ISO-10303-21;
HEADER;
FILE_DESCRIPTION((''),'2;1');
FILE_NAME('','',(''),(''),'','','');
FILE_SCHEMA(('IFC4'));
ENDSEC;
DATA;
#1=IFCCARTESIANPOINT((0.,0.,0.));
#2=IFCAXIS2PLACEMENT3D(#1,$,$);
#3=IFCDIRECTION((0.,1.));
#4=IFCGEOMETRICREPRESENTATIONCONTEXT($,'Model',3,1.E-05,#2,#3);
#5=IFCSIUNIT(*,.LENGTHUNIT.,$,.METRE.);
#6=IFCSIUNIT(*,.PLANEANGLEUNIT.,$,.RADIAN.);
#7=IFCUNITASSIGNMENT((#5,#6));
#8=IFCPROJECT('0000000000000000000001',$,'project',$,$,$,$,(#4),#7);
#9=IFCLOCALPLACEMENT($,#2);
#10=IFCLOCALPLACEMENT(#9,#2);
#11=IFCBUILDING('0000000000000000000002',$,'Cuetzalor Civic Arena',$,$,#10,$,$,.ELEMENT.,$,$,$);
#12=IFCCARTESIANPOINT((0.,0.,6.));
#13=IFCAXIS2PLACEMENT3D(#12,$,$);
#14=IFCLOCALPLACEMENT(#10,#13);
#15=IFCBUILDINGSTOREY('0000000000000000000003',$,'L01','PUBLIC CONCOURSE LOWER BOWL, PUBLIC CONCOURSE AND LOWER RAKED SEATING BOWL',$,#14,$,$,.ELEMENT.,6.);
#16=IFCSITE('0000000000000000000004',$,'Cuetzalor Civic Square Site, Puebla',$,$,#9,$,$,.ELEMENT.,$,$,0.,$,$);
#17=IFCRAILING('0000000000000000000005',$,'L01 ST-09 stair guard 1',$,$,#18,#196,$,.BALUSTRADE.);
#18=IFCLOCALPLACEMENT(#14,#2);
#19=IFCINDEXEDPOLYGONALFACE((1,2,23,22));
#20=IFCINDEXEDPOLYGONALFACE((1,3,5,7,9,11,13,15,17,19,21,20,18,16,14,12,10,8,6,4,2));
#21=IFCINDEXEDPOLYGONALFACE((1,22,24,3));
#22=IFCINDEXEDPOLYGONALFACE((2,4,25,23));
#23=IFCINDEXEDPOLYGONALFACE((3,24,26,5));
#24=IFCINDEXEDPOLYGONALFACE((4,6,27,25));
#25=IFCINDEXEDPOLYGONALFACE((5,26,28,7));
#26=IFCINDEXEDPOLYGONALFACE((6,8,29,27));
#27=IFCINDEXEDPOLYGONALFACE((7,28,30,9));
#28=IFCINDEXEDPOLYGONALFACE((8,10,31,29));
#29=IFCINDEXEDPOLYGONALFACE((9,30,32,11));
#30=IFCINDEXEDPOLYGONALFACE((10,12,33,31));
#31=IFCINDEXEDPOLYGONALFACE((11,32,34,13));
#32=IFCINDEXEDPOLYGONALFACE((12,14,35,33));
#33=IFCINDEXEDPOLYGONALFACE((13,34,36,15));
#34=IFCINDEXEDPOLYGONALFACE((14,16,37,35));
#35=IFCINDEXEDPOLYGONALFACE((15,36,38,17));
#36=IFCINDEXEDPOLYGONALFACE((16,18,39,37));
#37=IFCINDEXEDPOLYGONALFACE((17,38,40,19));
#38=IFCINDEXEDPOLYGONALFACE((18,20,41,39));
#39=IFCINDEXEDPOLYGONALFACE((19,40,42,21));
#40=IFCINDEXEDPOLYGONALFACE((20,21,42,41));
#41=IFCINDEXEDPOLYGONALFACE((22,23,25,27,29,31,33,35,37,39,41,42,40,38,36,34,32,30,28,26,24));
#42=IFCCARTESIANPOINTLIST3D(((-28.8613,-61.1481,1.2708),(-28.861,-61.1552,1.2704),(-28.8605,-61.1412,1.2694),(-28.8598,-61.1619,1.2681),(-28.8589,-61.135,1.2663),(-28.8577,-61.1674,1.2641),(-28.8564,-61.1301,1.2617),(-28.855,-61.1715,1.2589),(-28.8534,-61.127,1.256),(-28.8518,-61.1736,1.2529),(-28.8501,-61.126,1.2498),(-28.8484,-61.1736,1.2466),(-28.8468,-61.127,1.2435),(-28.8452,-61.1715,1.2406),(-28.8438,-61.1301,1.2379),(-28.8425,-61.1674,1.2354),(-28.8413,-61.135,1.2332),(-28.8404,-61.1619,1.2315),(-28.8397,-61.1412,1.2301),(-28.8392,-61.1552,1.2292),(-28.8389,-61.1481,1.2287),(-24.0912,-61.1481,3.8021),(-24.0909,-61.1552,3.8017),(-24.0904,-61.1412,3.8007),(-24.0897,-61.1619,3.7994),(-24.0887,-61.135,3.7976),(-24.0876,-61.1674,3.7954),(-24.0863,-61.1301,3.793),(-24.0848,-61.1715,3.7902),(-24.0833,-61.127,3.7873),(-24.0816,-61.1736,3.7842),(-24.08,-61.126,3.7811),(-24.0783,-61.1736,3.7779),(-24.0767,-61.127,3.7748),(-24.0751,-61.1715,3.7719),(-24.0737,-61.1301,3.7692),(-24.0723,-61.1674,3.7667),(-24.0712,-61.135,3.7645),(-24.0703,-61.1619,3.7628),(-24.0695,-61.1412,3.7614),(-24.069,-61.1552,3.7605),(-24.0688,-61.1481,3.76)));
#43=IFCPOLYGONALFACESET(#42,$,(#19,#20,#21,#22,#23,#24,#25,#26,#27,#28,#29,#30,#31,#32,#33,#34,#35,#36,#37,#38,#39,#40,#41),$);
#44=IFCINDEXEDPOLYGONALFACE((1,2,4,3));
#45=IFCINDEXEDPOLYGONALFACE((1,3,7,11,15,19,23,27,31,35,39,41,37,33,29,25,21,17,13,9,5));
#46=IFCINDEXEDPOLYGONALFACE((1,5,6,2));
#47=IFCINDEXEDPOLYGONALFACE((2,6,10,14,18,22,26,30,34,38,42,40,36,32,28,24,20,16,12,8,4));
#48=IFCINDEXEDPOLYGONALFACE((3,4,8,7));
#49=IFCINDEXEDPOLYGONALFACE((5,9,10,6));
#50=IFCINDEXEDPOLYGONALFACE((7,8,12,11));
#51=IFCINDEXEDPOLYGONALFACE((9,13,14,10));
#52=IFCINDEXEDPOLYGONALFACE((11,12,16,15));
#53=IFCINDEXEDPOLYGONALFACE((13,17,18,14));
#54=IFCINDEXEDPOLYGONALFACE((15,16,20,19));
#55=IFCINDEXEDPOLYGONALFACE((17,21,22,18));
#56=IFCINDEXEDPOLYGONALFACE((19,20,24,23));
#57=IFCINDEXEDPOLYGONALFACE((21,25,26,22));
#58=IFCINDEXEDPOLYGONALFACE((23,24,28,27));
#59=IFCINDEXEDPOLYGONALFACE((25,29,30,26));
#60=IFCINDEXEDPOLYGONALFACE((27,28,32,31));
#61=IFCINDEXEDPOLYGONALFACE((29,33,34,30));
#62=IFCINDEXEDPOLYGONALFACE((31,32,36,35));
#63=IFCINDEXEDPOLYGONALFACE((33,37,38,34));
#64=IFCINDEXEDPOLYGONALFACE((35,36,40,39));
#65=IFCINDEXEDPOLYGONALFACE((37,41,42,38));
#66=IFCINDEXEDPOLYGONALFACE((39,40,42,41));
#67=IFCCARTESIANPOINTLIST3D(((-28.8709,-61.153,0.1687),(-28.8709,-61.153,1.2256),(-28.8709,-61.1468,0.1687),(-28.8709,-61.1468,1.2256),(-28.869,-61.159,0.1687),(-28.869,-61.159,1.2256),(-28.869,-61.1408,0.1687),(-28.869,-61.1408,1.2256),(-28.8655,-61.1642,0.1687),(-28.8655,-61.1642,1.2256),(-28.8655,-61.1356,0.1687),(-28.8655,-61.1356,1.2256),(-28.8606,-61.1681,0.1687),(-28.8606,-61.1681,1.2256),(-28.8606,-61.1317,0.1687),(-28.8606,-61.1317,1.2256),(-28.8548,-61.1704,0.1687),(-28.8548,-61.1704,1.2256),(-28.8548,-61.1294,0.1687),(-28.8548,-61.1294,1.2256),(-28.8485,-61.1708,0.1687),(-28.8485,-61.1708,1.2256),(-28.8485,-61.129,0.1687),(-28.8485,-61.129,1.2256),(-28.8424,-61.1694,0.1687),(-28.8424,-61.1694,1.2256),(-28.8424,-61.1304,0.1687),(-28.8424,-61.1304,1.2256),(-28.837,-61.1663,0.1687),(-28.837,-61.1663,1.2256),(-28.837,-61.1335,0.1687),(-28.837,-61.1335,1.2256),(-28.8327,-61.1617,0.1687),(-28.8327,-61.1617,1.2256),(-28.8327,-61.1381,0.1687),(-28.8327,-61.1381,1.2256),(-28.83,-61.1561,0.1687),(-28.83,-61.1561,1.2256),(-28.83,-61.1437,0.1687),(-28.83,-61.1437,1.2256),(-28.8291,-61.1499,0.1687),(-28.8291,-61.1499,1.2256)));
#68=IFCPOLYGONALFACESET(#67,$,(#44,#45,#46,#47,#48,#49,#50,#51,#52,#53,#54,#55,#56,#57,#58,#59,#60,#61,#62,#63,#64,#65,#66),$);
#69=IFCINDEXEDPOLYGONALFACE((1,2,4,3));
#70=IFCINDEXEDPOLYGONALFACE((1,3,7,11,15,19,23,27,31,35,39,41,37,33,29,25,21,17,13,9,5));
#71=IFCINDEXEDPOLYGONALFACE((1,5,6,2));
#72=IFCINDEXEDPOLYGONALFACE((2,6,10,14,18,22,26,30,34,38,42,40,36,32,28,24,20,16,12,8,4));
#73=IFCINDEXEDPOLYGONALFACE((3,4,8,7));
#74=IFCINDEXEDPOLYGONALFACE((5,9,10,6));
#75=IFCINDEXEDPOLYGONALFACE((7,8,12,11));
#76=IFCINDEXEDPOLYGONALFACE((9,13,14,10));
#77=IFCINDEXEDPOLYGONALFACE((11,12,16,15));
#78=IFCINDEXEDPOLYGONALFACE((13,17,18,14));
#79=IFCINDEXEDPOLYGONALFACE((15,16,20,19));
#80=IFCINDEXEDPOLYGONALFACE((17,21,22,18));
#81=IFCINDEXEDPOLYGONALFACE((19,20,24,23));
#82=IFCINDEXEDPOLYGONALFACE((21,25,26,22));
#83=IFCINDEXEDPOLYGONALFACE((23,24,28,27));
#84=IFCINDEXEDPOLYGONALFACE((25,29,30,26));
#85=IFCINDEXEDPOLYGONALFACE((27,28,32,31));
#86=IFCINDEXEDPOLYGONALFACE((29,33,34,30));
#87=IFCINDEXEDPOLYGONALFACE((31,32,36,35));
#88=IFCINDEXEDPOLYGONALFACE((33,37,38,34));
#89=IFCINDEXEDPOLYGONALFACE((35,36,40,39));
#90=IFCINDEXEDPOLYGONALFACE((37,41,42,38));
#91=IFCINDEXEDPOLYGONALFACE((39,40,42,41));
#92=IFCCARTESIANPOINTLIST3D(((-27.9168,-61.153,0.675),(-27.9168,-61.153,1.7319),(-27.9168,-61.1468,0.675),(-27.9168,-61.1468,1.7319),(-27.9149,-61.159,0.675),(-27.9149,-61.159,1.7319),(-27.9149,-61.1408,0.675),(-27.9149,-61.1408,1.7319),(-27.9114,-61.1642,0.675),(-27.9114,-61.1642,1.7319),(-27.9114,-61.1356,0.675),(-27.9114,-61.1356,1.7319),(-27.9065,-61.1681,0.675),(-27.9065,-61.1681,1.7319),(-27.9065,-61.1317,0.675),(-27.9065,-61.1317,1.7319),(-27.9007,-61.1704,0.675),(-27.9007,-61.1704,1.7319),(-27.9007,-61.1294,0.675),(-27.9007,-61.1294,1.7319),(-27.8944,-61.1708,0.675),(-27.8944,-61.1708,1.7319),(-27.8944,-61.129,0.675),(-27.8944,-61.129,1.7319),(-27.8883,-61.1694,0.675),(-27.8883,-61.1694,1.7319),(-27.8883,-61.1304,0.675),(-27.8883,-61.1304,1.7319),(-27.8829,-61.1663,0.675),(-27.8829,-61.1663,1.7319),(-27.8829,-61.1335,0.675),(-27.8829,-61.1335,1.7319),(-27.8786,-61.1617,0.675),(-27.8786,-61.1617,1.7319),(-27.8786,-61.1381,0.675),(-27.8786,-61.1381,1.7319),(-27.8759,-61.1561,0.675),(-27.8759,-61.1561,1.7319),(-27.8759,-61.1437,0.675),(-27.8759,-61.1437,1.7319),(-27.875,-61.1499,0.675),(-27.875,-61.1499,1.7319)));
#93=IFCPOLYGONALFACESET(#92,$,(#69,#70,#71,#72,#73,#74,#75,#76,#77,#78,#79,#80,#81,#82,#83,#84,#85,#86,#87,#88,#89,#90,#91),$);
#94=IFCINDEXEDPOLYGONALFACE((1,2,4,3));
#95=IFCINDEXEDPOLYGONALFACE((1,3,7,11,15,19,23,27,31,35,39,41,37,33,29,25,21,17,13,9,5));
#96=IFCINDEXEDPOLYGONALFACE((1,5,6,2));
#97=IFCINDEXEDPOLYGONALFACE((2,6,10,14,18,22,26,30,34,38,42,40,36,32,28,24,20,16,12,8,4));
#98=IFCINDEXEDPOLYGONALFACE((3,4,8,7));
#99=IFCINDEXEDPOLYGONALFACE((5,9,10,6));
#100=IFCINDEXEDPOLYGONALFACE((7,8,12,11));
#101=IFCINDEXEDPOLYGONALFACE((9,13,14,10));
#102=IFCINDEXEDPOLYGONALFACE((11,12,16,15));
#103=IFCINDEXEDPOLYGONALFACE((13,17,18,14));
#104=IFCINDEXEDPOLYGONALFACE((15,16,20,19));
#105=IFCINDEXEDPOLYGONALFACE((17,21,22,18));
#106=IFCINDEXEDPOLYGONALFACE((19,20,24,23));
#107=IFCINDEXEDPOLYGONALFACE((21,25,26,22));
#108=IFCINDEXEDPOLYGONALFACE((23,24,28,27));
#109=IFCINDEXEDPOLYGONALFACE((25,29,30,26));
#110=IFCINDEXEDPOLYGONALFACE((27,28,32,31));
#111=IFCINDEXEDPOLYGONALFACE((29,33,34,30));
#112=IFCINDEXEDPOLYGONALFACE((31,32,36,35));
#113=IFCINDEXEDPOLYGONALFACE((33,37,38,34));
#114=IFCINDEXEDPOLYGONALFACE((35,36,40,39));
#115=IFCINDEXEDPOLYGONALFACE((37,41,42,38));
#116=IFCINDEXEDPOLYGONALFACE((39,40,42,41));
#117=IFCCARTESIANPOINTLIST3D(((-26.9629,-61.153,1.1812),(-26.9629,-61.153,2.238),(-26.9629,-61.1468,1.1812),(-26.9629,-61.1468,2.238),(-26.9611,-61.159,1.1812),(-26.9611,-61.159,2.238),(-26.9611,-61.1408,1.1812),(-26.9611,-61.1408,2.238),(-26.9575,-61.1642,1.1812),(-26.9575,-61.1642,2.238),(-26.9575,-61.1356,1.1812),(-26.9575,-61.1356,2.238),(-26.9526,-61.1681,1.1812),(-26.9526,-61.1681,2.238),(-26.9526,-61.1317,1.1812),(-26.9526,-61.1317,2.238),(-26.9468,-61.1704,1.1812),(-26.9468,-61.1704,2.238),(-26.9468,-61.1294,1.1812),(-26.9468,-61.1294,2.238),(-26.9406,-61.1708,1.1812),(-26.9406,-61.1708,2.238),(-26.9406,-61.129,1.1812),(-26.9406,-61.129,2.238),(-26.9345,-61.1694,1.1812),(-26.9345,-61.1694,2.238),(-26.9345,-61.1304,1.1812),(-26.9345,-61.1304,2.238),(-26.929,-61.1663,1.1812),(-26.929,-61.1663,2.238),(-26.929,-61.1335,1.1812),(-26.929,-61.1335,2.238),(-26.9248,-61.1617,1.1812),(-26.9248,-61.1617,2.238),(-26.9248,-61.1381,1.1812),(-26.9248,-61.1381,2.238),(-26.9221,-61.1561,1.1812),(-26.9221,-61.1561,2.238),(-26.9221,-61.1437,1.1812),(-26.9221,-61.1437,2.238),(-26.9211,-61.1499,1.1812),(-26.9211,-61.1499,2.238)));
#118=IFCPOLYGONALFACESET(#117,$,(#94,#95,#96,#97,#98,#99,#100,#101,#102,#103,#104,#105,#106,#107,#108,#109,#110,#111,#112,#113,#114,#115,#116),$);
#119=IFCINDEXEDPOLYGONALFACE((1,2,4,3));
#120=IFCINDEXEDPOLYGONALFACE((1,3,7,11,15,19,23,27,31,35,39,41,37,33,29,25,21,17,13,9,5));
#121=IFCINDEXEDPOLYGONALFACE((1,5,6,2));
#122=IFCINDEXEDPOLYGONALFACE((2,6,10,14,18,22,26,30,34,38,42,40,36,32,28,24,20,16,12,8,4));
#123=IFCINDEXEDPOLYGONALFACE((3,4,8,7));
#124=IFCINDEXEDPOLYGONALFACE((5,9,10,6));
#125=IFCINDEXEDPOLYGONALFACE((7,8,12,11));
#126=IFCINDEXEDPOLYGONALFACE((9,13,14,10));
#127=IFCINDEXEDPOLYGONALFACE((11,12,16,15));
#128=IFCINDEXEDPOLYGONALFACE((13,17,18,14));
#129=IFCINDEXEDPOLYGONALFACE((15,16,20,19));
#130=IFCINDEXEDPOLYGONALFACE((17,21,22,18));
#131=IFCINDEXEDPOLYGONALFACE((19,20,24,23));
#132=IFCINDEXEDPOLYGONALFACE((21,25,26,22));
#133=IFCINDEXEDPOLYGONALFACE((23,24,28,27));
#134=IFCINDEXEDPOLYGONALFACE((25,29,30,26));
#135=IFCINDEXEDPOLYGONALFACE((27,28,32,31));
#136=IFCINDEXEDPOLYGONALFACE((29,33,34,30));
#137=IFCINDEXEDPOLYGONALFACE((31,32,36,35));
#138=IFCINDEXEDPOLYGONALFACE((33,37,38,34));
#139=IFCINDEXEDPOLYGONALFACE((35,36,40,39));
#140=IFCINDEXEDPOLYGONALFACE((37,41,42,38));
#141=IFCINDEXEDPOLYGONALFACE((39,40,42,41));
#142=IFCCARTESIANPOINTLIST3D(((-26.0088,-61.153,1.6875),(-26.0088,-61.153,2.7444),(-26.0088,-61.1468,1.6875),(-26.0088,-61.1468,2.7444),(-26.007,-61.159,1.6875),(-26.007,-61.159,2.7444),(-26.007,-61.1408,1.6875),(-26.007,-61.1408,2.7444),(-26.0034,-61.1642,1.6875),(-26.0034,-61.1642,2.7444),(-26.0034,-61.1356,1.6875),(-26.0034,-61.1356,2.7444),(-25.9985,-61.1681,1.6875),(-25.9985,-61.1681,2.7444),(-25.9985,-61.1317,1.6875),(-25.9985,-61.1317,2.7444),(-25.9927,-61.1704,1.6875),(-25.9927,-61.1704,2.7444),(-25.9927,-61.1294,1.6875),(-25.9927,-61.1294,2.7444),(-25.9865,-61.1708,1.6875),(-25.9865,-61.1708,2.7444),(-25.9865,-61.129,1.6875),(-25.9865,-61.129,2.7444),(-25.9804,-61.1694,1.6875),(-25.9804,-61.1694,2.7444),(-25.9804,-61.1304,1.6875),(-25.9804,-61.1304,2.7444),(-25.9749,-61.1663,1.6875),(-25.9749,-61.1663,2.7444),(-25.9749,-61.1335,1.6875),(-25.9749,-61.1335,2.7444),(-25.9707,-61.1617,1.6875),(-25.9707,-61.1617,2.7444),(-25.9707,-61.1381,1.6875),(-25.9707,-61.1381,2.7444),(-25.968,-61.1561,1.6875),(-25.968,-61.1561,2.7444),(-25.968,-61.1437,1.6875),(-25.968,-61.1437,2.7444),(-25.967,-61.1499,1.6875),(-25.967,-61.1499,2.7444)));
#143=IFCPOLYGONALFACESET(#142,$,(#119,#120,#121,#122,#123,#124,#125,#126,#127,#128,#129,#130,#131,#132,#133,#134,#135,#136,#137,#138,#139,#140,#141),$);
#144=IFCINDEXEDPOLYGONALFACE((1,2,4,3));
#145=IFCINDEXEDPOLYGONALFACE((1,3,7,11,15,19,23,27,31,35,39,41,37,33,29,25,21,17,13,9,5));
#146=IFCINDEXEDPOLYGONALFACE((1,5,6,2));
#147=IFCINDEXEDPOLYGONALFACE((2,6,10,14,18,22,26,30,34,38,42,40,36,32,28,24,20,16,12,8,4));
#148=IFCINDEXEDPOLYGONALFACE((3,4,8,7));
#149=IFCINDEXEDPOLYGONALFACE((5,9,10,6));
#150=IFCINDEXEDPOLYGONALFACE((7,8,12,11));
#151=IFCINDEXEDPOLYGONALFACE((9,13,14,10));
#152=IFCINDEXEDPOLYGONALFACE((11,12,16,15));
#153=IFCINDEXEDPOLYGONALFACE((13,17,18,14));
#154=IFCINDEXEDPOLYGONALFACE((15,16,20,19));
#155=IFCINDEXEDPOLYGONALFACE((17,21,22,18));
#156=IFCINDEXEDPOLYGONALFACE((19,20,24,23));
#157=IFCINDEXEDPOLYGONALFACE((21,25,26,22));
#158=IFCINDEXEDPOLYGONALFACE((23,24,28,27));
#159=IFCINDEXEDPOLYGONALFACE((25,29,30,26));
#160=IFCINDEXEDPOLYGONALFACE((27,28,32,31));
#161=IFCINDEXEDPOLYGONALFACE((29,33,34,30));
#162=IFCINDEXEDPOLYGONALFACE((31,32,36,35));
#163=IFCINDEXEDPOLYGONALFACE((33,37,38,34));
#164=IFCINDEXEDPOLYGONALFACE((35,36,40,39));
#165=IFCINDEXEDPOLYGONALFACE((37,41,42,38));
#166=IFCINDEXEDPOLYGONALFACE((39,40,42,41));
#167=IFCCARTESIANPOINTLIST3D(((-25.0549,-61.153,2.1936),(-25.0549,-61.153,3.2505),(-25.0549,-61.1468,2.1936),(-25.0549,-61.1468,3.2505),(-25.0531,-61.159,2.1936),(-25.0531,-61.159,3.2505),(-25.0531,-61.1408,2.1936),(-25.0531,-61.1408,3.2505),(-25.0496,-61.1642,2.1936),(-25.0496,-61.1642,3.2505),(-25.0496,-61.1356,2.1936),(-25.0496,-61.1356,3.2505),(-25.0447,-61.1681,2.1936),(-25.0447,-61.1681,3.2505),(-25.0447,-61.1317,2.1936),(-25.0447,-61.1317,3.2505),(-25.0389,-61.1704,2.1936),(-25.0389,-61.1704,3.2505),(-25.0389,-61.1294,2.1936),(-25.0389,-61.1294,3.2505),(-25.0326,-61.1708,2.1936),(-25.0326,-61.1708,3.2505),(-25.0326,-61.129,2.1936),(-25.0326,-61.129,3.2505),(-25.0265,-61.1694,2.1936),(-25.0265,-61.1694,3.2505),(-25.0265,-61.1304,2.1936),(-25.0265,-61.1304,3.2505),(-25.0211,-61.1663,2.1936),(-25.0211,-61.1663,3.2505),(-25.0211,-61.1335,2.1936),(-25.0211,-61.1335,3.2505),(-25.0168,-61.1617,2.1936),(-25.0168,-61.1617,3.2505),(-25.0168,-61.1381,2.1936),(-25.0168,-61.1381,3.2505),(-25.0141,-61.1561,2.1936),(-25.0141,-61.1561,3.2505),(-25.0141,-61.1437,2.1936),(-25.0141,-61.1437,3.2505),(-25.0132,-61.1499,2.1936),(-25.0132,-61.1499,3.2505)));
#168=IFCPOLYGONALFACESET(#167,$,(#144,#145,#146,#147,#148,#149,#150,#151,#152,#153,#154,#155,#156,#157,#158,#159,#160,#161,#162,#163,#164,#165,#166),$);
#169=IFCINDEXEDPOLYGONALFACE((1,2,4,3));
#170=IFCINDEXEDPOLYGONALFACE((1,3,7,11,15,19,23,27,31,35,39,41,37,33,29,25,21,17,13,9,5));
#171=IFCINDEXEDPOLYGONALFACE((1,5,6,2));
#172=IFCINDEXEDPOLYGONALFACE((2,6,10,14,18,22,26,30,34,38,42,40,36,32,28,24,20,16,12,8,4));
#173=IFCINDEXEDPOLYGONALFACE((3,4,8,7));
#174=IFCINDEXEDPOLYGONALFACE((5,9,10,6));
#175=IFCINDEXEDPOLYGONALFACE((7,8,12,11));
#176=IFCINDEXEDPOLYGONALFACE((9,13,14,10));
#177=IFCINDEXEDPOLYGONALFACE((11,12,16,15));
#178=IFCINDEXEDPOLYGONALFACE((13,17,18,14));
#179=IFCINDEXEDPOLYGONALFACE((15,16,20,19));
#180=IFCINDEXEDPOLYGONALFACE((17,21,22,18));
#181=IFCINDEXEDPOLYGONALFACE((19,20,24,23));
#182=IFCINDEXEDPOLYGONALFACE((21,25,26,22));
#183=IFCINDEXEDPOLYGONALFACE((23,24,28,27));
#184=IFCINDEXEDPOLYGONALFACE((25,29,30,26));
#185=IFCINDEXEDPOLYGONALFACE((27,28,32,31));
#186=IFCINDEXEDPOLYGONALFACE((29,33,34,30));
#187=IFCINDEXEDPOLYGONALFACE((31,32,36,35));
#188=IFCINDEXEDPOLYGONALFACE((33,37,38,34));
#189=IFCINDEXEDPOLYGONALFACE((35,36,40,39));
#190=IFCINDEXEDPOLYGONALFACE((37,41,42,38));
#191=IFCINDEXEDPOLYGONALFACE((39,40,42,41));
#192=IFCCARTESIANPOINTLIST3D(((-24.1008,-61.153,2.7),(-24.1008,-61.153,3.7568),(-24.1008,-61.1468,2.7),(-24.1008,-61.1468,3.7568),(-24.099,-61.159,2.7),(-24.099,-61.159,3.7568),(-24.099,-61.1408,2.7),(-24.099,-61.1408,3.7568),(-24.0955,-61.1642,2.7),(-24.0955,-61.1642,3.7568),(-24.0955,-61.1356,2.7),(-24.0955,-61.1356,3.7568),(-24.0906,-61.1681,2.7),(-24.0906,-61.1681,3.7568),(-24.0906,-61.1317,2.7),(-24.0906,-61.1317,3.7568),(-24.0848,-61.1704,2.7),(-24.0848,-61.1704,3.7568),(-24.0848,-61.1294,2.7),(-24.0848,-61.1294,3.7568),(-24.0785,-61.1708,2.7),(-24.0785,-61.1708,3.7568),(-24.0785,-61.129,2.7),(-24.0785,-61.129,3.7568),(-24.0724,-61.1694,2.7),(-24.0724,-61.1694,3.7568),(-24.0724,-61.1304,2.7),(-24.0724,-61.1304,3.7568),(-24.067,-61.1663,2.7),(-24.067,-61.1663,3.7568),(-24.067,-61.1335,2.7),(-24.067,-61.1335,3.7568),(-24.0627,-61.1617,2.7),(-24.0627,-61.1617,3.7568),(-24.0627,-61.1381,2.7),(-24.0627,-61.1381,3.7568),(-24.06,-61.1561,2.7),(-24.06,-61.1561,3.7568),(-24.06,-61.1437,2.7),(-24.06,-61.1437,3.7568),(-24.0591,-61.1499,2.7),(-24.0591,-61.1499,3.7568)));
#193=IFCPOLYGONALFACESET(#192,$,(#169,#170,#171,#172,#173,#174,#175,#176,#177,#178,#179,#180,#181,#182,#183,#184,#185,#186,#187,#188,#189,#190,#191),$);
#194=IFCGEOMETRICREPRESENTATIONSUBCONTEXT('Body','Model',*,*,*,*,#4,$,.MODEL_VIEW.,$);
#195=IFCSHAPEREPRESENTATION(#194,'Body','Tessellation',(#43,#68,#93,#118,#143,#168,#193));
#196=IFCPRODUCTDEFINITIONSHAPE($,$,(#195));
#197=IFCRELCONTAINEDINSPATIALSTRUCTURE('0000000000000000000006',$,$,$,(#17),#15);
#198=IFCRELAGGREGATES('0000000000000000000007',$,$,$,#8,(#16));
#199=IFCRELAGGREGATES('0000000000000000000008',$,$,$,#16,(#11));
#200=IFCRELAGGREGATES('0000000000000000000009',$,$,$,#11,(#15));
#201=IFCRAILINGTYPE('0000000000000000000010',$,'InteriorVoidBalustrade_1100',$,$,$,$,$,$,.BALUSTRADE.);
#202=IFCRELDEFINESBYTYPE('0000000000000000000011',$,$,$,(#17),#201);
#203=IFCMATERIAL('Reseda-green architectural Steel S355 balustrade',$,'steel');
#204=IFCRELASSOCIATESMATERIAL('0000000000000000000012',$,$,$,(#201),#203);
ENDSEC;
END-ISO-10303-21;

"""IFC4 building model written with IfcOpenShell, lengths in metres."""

from ifc_helpers import new_model, si_unit, direction, frame, origin, origin_2d, place, context, subcontext, project, spatial, circle, extrude, material, type_object, element, save


model = new_model("IFC4")

# Units and contexts
model_context = context("Model", 3, precision=1e-05, world=origin(), true_north=direction((0.0, 1.0)))
body_context = subcontext(model_context, "Body", "Model", "MODEL_VIEW")
ifc_project = project(units=[si_unit("LENGTHUNIT", "METRE"), si_unit("PLANEANGLEUNIT", "RADIAN")], contexts=[model_context])

# Site, building, storey
site_placement = place(None, origin())
site = spatial("IfcSite", under=ifc_project, at=site_placement, Name="Cuetzalor Civic Square Site, Puebla", CompositionType="ELEMENT", RefElevation=0.0)
building_placement = place(site_placement, origin())
building = spatial("IfcBuilding", under=site, at=building_placement, Name="Cuetzalor Civic Arena", CompositionType="ELEMENT")
storey_placement = place(building_placement, frame((0.0, 0.0, 6.0)))
storey = spatial("IfcBuildingStorey", under=building, at=storey_placement, Name="L01", Description="PUBLIC CONCOURSE LOWER BOWL, PUBLIC CONCOURSE AND LOWER RAKED SEATING BOWL", CompositionType="ELEMENT", Elevation=6.0)

# Railing
ifc_material_1 = material(Name="Reseda-green architectural Steel S355 balustrade", Category="steel")
railing_type_1 = type_object("IfcRailingType", Name="InteriorVoidBalustrade_1100", PredefinedType="BALUSTRADE", material=ifc_material_1)
railing_1_placement = place(storey_placement, frame((-28.8501, -61.1499, 0.1687)))
element("IfcRailing", 1, at=railing_1_placement, inside=storey, type_object=railing_type_1, Name="L01 ST-09 stair guard 1", PredefinedType="BALUSTRADE", context=body_context, shape_type="SweptSolid", body=[
    extrude(circle(Radius=0.0239, at=origin_2d()), frame((0.0, 0.0, 1.0811), z_axis=(0.883332, 0.0, 0.468747), x_axis=(0.0, 1.0, 0.0)), (0.0, 0.0, 1.0), 5.4001),
    extrude(circle(Radius=0.021, at=origin_2d()), origin(), (0.0, 0.0, 1.0), 1.0569),
    extrude(circle(Radius=0.021, at=origin_2d()), frame((0.9541, 0.0, 0.5063)), (0.0, 0.0, 1.0), 1.0569),
    extrude(circle(Radius=0.021, at=origin_2d()), frame((1.908, 0.0, 1.0125)), (0.0, 0.0, 1.0), 1.0569),
    extrude(circle(Radius=0.021, at=origin_2d()), frame((2.8621, 0.0, 1.5188)), (0.0, 0.0, 1.0), 1.0569),
    extrude(circle(Radius=0.021, at=origin_2d()), frame((3.8159, 0.0, 2.0249)), (0.0, 0.0, 1.0), 1.0569),
    extrude(circle(Radius=0.021, at=origin_2d()), frame((4.77, 0.0, 2.5312)), (0.0, 0.0, 1.0), 1.0569),
])

save(model, "model.ifc")
